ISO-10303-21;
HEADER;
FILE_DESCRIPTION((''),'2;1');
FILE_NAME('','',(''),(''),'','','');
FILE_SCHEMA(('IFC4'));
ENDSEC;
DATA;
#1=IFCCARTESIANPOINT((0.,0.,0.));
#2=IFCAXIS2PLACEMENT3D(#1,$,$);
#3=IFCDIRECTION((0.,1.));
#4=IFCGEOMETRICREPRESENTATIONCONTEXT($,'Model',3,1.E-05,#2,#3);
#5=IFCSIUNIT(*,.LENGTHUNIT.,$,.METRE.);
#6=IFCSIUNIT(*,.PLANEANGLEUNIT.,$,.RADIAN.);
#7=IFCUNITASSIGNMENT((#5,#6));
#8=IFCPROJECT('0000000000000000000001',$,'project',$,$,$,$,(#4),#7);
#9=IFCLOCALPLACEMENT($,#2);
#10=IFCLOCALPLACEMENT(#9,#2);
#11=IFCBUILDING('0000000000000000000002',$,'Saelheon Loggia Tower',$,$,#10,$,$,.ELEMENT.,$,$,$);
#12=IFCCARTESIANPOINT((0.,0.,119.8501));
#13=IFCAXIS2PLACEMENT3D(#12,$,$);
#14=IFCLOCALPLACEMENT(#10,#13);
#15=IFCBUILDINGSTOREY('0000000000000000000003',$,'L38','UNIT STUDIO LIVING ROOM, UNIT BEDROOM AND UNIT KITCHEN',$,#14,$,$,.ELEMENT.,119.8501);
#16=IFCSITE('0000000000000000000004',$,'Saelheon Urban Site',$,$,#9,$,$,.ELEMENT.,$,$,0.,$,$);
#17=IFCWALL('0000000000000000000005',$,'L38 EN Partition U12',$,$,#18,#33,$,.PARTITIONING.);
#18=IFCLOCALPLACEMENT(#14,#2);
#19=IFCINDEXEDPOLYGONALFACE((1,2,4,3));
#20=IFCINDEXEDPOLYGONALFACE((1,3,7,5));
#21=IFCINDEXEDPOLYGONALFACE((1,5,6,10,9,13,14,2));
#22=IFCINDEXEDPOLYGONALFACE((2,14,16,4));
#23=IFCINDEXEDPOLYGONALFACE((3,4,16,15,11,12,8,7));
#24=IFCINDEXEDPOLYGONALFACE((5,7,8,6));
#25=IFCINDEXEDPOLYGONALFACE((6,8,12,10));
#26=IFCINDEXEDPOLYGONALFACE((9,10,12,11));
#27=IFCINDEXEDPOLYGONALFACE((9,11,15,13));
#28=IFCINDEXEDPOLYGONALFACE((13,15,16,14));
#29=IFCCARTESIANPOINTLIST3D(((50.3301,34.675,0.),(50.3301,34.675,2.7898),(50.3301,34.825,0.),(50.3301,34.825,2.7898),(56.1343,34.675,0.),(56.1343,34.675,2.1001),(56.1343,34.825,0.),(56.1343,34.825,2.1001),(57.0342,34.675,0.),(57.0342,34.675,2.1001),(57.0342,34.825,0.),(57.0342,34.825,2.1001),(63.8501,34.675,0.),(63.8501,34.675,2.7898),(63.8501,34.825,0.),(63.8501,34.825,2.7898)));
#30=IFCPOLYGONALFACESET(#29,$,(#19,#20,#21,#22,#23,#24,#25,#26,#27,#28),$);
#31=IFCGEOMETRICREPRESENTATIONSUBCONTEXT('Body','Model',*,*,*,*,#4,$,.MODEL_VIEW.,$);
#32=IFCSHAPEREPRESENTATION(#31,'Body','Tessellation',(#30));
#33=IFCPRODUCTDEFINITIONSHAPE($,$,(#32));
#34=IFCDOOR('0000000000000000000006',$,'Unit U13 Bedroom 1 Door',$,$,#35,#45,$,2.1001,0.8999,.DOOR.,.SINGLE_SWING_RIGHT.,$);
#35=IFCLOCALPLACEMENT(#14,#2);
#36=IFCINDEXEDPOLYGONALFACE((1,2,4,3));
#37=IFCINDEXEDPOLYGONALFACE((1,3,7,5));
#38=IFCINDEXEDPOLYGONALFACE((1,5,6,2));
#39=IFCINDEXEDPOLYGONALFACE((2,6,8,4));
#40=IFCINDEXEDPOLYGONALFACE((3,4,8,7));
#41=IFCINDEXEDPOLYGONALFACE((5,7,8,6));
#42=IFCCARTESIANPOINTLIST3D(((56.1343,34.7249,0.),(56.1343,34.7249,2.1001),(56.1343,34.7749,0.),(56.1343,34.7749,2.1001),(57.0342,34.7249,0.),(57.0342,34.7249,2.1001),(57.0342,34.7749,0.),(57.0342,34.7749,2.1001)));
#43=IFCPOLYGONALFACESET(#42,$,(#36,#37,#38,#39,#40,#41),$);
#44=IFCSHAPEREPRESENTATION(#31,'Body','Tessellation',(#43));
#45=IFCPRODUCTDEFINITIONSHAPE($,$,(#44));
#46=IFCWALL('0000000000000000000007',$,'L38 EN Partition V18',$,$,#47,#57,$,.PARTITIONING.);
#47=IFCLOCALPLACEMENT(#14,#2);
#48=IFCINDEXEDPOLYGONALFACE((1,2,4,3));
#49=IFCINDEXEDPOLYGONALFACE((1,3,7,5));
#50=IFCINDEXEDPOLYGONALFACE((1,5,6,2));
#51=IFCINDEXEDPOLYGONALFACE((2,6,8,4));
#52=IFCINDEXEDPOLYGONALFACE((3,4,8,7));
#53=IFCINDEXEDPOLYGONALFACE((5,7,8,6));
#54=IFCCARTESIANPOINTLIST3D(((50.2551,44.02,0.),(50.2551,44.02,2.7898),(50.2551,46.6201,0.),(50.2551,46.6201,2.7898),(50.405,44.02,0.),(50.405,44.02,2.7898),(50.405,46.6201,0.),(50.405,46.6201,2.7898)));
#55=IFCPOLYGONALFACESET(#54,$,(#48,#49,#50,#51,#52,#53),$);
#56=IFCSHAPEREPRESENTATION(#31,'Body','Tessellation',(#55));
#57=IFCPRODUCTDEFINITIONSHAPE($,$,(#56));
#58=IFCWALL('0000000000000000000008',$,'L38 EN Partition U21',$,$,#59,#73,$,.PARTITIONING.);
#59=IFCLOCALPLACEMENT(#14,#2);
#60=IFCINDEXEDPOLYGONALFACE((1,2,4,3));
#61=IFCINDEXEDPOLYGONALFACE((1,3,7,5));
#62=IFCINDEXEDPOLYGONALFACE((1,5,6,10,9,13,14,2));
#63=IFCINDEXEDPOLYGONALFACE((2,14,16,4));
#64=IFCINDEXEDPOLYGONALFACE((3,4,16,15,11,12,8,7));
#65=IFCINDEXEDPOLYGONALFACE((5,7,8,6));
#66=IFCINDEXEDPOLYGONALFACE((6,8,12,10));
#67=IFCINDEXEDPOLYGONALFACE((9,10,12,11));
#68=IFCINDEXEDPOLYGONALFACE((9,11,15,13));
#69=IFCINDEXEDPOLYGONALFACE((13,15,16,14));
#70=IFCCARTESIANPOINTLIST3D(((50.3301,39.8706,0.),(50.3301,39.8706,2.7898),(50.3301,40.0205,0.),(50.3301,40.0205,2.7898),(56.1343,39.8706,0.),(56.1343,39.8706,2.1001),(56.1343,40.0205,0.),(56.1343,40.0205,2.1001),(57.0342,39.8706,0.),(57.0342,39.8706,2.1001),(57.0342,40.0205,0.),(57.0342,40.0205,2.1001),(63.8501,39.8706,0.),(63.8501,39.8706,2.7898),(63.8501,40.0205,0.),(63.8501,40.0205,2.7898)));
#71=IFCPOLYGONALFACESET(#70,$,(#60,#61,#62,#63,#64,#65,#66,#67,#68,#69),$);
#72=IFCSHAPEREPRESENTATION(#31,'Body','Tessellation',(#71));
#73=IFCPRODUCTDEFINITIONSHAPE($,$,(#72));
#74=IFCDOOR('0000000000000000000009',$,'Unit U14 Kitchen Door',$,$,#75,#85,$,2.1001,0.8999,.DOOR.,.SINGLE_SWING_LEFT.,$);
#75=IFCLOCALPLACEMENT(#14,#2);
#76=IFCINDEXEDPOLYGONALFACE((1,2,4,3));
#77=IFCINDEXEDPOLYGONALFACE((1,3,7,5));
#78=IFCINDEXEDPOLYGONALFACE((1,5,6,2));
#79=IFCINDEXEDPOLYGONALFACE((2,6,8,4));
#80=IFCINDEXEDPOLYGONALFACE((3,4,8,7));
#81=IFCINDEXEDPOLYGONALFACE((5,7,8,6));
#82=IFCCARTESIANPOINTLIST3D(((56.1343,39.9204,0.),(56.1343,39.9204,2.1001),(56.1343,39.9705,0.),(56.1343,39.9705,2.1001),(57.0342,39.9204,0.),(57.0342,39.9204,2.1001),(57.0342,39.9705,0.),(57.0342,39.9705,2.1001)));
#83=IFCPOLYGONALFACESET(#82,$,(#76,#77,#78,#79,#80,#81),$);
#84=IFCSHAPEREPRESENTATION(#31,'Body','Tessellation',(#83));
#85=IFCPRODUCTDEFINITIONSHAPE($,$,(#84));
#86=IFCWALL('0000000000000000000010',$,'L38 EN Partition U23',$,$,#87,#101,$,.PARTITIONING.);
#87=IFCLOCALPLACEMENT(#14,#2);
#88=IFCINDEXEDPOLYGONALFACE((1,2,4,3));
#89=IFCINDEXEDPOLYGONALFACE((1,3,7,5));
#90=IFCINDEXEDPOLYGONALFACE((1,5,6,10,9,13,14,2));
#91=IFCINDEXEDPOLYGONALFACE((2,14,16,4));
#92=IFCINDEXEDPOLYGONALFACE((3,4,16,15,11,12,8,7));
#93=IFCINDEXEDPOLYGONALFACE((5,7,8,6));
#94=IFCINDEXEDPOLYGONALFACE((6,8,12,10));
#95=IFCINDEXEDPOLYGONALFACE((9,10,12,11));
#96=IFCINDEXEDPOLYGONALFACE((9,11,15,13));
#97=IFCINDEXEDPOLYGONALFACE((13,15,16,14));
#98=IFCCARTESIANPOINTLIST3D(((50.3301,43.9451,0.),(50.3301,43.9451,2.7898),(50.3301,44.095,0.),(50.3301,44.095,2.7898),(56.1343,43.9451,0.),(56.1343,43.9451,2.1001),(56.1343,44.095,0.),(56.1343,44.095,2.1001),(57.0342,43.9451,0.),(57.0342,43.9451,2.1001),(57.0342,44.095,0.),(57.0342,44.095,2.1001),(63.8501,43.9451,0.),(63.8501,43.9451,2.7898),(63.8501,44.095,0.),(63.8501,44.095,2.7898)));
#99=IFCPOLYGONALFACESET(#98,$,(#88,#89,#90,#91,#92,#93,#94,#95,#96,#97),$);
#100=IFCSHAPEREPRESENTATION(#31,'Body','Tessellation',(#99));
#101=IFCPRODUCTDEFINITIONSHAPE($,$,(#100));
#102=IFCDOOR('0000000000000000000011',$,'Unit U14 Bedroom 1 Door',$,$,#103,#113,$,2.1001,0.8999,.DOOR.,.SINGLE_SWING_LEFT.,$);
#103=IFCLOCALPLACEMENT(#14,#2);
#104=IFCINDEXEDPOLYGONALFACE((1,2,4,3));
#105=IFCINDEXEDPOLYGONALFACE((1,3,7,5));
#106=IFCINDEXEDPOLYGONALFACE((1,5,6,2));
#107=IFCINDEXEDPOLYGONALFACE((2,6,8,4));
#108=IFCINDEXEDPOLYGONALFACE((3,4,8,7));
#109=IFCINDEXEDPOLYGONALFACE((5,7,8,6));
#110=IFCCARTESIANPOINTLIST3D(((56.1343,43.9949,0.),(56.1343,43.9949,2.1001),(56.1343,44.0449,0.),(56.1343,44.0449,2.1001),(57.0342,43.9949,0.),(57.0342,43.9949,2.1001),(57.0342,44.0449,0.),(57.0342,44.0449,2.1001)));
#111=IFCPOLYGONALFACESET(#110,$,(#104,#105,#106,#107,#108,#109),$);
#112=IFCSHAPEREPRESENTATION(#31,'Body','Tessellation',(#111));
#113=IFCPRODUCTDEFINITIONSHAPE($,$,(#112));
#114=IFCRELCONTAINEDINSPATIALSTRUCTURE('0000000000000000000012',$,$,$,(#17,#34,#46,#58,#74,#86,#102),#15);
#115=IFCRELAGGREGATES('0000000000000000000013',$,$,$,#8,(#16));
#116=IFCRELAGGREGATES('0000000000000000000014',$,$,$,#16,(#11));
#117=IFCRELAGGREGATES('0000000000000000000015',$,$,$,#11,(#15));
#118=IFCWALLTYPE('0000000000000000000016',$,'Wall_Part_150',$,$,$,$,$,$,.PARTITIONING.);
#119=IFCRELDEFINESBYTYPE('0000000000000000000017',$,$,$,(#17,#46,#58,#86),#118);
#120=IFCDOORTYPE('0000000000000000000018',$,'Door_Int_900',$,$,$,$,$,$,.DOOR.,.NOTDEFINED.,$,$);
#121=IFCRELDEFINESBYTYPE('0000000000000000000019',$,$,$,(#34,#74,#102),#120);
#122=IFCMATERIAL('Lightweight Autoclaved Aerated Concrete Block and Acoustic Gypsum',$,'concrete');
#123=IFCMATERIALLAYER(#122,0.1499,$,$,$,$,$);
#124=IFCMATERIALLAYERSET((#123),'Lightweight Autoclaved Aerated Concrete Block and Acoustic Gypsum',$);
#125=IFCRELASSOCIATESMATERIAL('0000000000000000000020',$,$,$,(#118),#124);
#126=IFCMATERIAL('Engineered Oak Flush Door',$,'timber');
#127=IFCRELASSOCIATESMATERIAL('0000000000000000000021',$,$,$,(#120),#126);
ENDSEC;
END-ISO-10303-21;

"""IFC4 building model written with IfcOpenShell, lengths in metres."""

from ifc_helpers import new_model, si_unit, direction, frame, frame_2d, origin, place, context, subcontext, project, spatial, rectangle, extrude, source, transform, mapped, material, layer, layer_set, type_object, element, fill, save


model = new_model("IFC4")

# Units and contexts
model_context = context("Model", 3, precision=1e-05, world=origin(), true_north=direction((0.0, 1.0)))
body_context = subcontext(model_context, "Body", "Model", "MODEL_VIEW")
ifc_project = project(units=[si_unit("LENGTHUNIT", "METRE"), si_unit("PLANEANGLEUNIT", "RADIAN")], contexts=[model_context])

# Site, building, storey
site_placement = place(None, origin())
site = spatial("IfcSite", under=ifc_project, at=site_placement, Name="Saelheon Urban Site", CompositionType="ELEMENT", RefElevation=0.0)
building_placement = place(site_placement, origin())
building = spatial("IfcBuilding", under=site, at=building_placement, Name="Saelheon Loggia Tower", CompositionType="ELEMENT")
storey_placement = place(building_placement, frame((0.0, 0.0, 119.8501)))
storey = spatial("IfcBuildingStorey", under=building, at=storey_placement, Name="L38", Description="UNIT STUDIO LIVING ROOM, UNIT BEDROOM AND UNIT KITCHEN", CompositionType="ELEMENT", Elevation=119.8501)

# Shared definitions
ifc_material_1 = material(Name="Lightweight Autoclaved Aerated Concrete Block and Acoustic Gypsum", Category="concrete")
ifc_layer_1 = layer(ifc_material_1, 0.1499)
ifc_layer_set_1 = layer_set([ifc_layer_1], Name="Lightweight Autoclaved Aerated Concrete Block and Acoustic Gypsum")
wall_type_1 = type_object("IfcWallType", Name="Wall_Part_150", PredefinedType="PARTITIONING", material=ifc_layer_set_1)

# Wall, opening, door
ifc_material_2 = material(Name="Engineered Oak Flush Door", Category="timber")
door_type = type_object("IfcDoorType", Name="Door_Int_900", OperationType="NOTDEFINED", PredefinedType="DOOR", material=ifc_material_2)
shared_shape_1 = source(origin(), body_context, "Body", "SweptSolid", [
    extrude(rectangle(XDim=0.8999, YDim=2.1001, at=frame_2d((0.45, 1.05))), frame((0.0, 0.0249, 0.0), z_axis=(0.0, -1.0, 0.0), x_axis=(1.0, 0.0, 0.0)), (0.0, 0.0, 1.0), 0.05),
])
wall_1_placement = place(storey_placement, frame((50.3301, 34.75, 0.0), z_axis=(0.0, 0.0, 1.0), x_axis=(1.0, 0.0, 0.0)))
wall_1 = element("IfcWall", 1, at=wall_1_placement, inside=storey, type_object=wall_type_1, Name="L38 EN Partition U12", PredefinedType="PARTITIONING", context=body_context, shape_type="SweptSolid", body=[
    extrude(rectangle(XDim=13.52, YDim=0.1499, at=frame_2d((6.76, 0.0))), origin(), (0.0, 0.0, 1.0), 2.7898),
])
opening_1_placement = place(wall_1_placement, frame((5.8042, 0.0, 0.0)))
opening_1 = element("IfcOpeningElement", 2, at=opening_1_placement, cuts=wall_1, PredefinedType="OPENING", context=body_context, shape_type="SweptSolid", body=[
    extrude(rectangle(XDim=0.8999, YDim=2.1001, at=frame_2d((0.45, 1.05))), frame((0.0, 0.0869, 0.0), z_axis=(0.0, -1.0, 0.0), x_axis=(1.0, 0.0, 0.0)), (0.0, 0.0, 1.0), 0.1738),
])
door_1_placement = place(opening_1_placement, origin())
door_1 = element("IfcDoor", 3, at=door_1_placement, inside=storey, type_object=door_type, Name="Unit U13 Bedroom 1 Door", OperationType="SINGLE_SWING_RIGHT", OverallHeight=2.1001, OverallWidth=0.8999, PredefinedType="DOOR", context=body_context, shape_type="MappedRepresentation", body=[
    mapped(shared_shape_1, transform((0.0, 0.0, 0.0), scale=1.0)),
])
fill(opening_1, door_1)

# Wall
wall_2_placement = place(storey_placement, frame((50.3301, 44.02, 0.0), z_axis=(0.0, 0.0, 1.0), x_axis=(0.0, 1.0, 0.0)))
element("IfcWall", 4, at=wall_2_placement, inside=storey, type_object=wall_type_1, Name="L38 EN Partition V18", PredefinedType="PARTITIONING", context=body_context, shape_type="SweptSolid", body=[
    extrude(rectangle(XDim=2.6001, YDim=0.1499, at=frame_2d((1.3, 0.0))), origin(), (0.0, 0.0, 1.0), 2.7898),
])

# Walls, openings, doors
wall_3_placement = place(storey_placement, frame((50.3301, 39.9456, 0.0), z_axis=(0.0, 0.0, 1.0), x_axis=(1.0, 0.0, 0.0)))
wall_3 = element("IfcWall", 5, at=wall_3_placement, inside=storey, type_object=wall_type_1, Name="L38 EN Partition U21", PredefinedType="PARTITIONING", context=body_context, shape_type="SweptSolid", body=[
    extrude(rectangle(XDim=13.52, YDim=0.1499, at=frame_2d((6.76, 0.0))), origin(), (0.0, 0.0, 1.0), 2.7898),
])
opening_2_placement = place(wall_3_placement, frame((5.8042, 0.0, 0.0)))
opening_2 = element("IfcOpeningElement", 6, at=opening_2_placement, cuts=wall_3, PredefinedType="OPENING", context=body_context, shape_type="SweptSolid", body=[
    extrude(rectangle(XDim=0.8999, YDim=2.1001, at=frame_2d((0.45, 1.05))), frame((0.0, 0.0869, 0.0), z_axis=(0.0, -1.0, 0.0), x_axis=(1.0, 0.0, 0.0)), (0.0, 0.0, 1.0), 0.1738),
])
door_2_placement = place(opening_2_placement, origin())
door_2 = element("IfcDoor", 7, at=door_2_placement, inside=storey, type_object=door_type, Name="Unit U14 Kitchen Door", OperationType="SINGLE_SWING_LEFT", OverallHeight=2.1001, OverallWidth=0.8999, PredefinedType="DOOR", context=body_context, shape_type="MappedRepresentation", body=[
    mapped(shared_shape_1, transform((0.0, 0.0, 0.0), scale=1.0)),
])
fill(opening_2, door_2)
wall_4_placement = place(storey_placement, frame((50.3301, 44.02, 0.0), z_axis=(0.0, 0.0, 1.0), x_axis=(1.0, 0.0, 0.0)))
wall_4 = element("IfcWall", 8, at=wall_4_placement, inside=storey, type_object=wall_type_1, Name="L38 EN Partition U23", PredefinedType="PARTITIONING", context=body_context, shape_type="SweptSolid", body=[
    extrude(rectangle(XDim=13.52, YDim=0.1499, at=frame_2d((6.76, 0.0))), origin(), (0.0, 0.0, 1.0), 2.7898),
])
opening_3_placement = place(wall_4_placement, frame((5.8042, 0.0, 0.0)))
opening_3 = element("IfcOpeningElement", 9, at=opening_3_placement, cuts=wall_4, PredefinedType="OPENING", context=body_context, shape_type="SweptSolid", body=[
    extrude(rectangle(XDim=0.8999, YDim=2.1001, at=frame_2d((0.45, 1.05))), frame((0.0, 0.0869, 0.0), z_axis=(0.0, -1.0, 0.0), x_axis=(1.0, 0.0, 0.0)), (0.0, 0.0, 1.0), 0.1738),
])
door_3_placement = place(opening_3_placement, origin())
door_3 = element("IfcDoor", 10, at=door_3_placement, inside=storey, type_object=door_type, Name="Unit U14 Bedroom 1 Door", OperationType="SINGLE_SWING_LEFT", OverallHeight=2.1001, OverallWidth=0.8999, PredefinedType="DOOR", context=body_context, shape_type="MappedRepresentation", body=[
    mapped(shared_shape_1, transform((0.0, 0.0, 0.0), scale=1.0)),
])
fill(opening_3, door_3)

save(model, "model.ifc")
